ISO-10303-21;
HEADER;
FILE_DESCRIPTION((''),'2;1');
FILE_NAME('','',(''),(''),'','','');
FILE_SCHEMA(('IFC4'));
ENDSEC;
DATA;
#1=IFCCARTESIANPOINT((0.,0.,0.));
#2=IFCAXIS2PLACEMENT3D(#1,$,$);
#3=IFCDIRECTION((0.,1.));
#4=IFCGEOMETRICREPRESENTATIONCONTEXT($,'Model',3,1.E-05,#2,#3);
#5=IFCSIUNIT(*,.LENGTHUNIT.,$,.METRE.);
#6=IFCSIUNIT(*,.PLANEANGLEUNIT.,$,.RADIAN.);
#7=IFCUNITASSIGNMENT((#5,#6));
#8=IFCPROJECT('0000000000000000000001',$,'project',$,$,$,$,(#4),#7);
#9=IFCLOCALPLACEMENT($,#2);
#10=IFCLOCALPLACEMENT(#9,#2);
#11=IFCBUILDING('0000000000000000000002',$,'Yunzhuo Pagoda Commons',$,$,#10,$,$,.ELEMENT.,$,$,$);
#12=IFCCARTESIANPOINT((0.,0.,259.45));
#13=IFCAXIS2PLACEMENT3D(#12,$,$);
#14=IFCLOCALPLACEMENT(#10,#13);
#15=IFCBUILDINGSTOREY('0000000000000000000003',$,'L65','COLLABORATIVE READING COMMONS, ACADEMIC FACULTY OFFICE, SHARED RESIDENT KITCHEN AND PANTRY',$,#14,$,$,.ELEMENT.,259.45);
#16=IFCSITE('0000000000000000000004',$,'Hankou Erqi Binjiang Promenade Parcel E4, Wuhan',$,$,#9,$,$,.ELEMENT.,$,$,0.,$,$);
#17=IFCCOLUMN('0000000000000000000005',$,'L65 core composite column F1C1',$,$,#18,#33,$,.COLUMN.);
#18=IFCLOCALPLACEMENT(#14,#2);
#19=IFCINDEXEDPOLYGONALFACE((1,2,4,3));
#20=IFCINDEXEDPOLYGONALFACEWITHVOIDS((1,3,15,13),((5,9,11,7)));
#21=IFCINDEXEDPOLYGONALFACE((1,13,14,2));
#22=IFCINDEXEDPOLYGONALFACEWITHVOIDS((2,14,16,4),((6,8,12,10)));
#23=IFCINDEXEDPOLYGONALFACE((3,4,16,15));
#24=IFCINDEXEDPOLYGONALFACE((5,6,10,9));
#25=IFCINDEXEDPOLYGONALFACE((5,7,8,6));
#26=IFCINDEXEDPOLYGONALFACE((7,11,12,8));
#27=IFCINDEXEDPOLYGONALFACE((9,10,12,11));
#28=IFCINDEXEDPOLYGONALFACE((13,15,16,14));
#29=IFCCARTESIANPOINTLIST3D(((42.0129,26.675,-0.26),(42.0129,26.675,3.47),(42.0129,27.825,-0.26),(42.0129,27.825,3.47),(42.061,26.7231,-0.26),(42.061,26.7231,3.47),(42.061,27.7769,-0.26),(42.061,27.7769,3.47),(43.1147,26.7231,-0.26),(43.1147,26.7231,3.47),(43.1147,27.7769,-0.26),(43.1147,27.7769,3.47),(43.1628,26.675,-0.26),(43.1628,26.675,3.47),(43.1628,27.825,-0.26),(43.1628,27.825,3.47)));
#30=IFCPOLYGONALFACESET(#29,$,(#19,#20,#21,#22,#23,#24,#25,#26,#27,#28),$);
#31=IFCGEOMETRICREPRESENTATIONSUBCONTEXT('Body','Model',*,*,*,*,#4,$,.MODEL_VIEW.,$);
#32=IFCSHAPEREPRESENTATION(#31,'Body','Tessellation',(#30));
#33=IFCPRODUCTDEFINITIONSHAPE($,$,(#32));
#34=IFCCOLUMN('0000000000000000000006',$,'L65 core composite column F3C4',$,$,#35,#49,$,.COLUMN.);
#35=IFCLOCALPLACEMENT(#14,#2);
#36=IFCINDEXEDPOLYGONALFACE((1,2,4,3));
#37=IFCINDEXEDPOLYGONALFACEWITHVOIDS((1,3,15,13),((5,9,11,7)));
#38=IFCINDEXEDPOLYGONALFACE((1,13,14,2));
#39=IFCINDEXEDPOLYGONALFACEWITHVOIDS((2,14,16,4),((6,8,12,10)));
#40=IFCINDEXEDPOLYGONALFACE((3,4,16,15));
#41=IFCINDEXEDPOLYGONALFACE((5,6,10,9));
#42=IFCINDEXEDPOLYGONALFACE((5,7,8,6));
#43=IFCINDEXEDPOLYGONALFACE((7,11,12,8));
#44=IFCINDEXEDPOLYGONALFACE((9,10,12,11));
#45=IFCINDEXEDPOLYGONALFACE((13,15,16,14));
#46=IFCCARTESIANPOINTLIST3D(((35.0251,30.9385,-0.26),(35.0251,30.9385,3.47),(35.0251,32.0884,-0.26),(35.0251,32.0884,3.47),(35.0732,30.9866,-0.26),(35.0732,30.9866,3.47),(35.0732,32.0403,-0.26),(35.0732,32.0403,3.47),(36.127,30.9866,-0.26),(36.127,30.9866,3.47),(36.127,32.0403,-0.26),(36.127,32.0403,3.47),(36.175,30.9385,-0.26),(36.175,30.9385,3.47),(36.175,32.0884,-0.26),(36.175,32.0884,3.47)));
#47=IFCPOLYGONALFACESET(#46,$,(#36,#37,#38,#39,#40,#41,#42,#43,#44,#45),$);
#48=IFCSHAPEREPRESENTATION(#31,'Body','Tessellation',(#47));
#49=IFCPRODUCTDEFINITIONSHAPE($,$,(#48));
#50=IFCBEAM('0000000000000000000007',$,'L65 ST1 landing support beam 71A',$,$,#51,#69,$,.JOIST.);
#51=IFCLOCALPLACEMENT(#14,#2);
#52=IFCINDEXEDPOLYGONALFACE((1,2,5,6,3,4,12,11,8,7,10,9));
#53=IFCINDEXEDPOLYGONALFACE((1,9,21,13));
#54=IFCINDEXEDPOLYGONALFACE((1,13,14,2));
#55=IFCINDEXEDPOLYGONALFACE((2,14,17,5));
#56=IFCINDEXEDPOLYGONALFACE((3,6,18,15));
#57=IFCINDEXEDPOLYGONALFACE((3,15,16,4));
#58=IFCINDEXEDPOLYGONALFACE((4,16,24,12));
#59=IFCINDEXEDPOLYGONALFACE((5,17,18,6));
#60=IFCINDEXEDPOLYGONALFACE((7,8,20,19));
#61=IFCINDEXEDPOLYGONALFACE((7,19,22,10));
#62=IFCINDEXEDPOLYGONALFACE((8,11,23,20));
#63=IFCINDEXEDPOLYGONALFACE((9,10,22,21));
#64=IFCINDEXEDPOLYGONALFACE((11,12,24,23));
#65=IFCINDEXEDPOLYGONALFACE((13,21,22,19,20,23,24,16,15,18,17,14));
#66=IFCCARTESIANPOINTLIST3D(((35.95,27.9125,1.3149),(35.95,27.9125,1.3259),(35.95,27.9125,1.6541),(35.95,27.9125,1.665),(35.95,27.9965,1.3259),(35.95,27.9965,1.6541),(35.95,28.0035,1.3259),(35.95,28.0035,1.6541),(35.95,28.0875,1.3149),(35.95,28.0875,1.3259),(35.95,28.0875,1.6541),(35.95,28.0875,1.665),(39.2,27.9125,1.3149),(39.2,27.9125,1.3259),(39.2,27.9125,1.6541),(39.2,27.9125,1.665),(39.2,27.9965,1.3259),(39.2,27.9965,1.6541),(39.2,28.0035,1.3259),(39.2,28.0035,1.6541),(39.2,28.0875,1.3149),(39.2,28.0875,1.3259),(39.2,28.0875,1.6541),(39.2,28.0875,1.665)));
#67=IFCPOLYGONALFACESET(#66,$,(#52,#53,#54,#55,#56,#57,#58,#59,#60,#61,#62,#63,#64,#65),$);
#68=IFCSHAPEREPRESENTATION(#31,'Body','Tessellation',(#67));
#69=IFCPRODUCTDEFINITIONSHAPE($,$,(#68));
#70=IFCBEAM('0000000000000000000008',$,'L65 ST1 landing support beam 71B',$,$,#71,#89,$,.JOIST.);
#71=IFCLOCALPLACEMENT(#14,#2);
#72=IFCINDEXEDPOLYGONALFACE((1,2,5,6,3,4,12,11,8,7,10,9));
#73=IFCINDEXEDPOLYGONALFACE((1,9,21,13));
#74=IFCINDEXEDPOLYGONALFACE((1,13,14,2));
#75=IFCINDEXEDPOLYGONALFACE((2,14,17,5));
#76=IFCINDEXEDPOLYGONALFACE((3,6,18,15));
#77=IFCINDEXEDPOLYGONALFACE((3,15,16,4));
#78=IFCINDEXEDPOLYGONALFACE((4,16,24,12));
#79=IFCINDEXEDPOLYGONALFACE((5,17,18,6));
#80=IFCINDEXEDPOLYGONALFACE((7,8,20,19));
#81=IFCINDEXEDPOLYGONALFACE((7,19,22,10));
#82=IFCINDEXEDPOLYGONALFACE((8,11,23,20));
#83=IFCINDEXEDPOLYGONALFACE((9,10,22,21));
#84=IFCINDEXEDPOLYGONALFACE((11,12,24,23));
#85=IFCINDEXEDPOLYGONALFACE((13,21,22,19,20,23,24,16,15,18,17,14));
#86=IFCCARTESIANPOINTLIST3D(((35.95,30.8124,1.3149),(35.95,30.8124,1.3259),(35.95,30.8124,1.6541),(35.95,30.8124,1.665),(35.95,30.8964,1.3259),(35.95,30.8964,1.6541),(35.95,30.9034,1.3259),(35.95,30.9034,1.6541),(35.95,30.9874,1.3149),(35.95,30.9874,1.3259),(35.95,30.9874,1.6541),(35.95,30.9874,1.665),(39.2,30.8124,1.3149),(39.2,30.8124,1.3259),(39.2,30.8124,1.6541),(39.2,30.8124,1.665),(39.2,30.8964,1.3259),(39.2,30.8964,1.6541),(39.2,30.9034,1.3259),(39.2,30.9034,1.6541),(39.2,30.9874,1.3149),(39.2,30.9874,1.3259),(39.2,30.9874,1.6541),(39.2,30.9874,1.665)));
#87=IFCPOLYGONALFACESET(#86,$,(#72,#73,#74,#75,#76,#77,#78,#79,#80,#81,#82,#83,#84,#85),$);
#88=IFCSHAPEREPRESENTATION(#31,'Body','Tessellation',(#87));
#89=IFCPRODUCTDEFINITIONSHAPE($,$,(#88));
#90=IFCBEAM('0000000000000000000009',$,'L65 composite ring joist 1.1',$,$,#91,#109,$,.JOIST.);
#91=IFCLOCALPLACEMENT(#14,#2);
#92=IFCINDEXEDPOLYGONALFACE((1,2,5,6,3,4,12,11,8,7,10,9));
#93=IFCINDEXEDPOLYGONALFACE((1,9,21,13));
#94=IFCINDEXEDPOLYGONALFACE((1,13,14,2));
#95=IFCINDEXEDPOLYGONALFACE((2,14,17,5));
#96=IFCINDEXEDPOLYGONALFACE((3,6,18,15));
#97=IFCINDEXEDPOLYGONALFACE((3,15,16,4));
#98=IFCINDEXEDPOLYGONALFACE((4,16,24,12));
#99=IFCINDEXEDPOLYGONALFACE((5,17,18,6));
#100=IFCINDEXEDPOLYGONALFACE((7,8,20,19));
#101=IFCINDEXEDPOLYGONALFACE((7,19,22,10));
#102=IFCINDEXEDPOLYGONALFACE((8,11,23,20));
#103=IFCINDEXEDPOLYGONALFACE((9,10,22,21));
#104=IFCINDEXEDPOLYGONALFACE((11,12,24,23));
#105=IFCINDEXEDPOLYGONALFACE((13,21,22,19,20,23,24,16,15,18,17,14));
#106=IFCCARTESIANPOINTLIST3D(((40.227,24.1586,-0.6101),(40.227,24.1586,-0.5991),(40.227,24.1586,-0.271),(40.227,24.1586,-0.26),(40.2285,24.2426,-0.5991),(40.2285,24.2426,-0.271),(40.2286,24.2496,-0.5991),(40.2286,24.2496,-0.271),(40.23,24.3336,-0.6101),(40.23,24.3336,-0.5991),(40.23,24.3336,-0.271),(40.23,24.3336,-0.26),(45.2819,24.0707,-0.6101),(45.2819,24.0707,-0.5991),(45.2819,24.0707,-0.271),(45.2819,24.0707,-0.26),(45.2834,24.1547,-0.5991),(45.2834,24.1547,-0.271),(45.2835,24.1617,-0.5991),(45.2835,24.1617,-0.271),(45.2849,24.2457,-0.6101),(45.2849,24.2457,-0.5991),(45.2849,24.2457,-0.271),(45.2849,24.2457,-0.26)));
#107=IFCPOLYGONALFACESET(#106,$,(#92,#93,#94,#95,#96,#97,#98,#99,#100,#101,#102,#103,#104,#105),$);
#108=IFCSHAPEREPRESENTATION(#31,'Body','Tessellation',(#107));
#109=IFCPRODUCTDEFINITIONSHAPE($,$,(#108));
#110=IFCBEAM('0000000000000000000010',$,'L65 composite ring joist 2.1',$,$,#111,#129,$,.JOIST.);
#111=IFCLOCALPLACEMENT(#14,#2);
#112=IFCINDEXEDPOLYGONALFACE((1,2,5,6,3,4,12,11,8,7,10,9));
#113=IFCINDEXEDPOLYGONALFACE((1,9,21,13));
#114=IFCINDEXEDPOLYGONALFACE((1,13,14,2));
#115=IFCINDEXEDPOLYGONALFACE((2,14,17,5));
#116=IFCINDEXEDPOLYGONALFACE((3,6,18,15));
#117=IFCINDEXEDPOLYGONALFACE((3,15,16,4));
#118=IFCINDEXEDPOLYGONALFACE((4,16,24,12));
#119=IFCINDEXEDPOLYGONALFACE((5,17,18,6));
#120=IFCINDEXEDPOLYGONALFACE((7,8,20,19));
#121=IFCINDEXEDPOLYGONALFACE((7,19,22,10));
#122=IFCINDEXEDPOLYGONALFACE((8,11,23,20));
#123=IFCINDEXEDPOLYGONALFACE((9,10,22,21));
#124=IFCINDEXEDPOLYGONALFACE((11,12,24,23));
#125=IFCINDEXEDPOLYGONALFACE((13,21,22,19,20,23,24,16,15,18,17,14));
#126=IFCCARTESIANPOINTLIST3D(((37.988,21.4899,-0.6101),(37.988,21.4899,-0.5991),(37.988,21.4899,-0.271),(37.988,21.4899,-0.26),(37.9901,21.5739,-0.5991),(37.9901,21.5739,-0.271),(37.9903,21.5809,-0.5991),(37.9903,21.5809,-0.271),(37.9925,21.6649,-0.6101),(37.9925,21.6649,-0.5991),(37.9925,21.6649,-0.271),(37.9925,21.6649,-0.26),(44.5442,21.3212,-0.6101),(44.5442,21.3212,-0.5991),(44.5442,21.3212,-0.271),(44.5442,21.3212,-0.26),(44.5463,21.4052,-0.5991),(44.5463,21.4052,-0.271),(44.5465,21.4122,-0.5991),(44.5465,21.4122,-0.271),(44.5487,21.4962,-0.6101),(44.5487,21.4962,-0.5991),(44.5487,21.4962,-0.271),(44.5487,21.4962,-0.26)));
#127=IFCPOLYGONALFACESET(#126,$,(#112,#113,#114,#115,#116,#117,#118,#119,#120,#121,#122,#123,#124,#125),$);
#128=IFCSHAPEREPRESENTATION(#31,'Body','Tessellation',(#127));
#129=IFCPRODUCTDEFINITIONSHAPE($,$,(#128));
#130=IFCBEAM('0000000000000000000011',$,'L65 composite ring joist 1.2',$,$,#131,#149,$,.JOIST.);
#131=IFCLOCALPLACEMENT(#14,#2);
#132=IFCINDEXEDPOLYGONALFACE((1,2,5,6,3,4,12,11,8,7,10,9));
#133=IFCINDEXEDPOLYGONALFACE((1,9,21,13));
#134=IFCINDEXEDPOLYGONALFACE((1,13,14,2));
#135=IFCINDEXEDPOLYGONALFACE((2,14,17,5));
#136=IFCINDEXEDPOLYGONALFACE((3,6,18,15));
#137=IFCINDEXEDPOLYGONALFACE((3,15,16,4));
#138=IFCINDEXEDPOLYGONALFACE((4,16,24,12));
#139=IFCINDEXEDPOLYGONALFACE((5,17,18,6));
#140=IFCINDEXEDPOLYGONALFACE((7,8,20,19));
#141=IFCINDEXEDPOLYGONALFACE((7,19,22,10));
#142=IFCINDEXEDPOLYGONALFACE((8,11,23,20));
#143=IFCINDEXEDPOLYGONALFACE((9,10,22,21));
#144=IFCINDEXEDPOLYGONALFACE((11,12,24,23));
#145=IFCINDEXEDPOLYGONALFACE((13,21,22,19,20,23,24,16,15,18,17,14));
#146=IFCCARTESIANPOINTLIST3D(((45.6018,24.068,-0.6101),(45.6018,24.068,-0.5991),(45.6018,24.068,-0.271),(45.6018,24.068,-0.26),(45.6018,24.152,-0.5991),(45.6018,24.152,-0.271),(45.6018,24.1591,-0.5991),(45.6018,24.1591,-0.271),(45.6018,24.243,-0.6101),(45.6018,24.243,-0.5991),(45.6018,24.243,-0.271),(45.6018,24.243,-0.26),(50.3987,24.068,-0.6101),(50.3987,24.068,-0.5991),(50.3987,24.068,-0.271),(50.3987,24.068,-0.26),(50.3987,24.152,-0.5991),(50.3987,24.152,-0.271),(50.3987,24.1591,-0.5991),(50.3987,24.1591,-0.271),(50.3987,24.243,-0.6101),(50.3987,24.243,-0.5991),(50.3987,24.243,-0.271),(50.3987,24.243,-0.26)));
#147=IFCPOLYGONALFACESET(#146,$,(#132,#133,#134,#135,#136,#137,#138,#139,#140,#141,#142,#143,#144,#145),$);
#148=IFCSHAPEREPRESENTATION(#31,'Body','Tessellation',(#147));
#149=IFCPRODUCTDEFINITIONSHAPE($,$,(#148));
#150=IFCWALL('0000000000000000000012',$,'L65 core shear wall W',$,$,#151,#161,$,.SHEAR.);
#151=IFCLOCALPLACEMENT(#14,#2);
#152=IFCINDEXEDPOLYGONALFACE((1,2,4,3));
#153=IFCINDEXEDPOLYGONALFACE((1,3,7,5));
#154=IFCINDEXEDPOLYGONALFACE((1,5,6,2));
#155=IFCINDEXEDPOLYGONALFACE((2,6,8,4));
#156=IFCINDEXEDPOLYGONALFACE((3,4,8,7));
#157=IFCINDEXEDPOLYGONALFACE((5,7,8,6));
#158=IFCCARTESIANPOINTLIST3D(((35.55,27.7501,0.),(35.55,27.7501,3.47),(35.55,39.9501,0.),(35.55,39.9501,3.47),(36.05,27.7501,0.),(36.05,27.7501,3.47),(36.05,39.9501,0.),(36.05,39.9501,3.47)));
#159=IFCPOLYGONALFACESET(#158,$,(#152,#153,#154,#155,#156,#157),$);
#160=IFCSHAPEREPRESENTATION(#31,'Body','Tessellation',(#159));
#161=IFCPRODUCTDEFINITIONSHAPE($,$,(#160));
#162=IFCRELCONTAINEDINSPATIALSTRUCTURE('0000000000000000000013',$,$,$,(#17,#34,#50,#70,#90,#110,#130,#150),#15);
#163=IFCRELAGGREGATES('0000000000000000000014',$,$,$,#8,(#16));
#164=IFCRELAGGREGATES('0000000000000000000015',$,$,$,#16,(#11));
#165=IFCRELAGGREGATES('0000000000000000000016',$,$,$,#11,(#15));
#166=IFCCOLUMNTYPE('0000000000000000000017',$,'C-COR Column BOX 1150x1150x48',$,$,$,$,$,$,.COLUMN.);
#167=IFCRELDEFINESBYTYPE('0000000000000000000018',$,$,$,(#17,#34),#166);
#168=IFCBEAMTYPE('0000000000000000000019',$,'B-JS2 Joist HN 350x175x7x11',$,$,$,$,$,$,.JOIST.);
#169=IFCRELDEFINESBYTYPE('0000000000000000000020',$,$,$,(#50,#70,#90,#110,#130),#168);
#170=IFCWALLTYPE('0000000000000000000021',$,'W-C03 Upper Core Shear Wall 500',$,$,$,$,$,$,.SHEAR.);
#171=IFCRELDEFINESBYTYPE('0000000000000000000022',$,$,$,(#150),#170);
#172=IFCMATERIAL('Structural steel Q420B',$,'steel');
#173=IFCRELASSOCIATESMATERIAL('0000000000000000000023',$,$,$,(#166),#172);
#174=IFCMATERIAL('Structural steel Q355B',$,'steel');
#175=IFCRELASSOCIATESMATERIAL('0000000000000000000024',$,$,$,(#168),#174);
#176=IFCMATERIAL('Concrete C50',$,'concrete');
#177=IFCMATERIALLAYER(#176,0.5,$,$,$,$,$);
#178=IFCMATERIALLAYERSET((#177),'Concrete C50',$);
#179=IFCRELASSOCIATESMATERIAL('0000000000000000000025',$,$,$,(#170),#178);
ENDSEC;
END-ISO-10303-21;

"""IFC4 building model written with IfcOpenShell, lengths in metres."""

from ifc_helpers import new_model, si_unit, direction, frame, frame_2d, origin, origin_2d, place, context, subcontext, project, spatial, rectangle, hollow_rectangle, i_section, extrude, source, transform, mapped, material, layer, layer_set, material_profile, profile_set, type_object, element, save


model = new_model("IFC4")

# Units and contexts
model_context = context("Model", 3, precision=1e-05, world=origin(), true_north=direction((0.0, 1.0)))
body_context = subcontext(model_context, "Body", "Model", "MODEL_VIEW")
ifc_project = project(units=[si_unit("LENGTHUNIT", "METRE"), si_unit("PLANEANGLEUNIT", "RADIAN")], contexts=[model_context])

# Site, building, storey
site_placement = place(None, origin())
site = spatial("IfcSite", under=ifc_project, at=site_placement, Name="Hankou Erqi Binjiang Promenade Parcel E4, Wuhan", CompositionType="ELEMENT", RefElevation=0.0)
building_placement = place(site_placement, origin())
building = spatial("IfcBuilding", under=site, at=building_placement, Name="Yunzhuo Pagoda Commons", CompositionType="ELEMENT")
storey_placement = place(building_placement, frame((0.0, 0.0, 259.45)))
storey = spatial("IfcBuildingStorey", under=building, at=storey_placement, Name="L65", Description="COLLABORATIVE READING COMMONS, ACADEMIC FACULTY OFFICE, SHARED RESIDENT KITCHEN AND PANTRY", CompositionType="ELEMENT", Elevation=259.45)

# Columns
ifc_material_1 = material(Name="Structural steel Q420B", Category="steel")
ifc_material_profile_1 = material_profile(ifc_material_1, hollow_rectangle(XDim=1.1499, YDim=1.1499, WallThickness=0.0481, at=origin_2d()), Name="Structural steel Q420B")
ifc_profile_set_1 = profile_set([ifc_material_profile_1], Name="Structural steel Q420B")
column_type = type_object("IfcColumnType", Name="C-COR Column BOX 1150x1150x48", PredefinedType="COLUMN", material=ifc_profile_set_1)
shared_shape_1 = source(origin(), body_context, "Body", "SweptSolid", [
    extrude(hollow_rectangle(XDim=1.1499, YDim=1.1499, WallThickness=0.0481, at=origin_2d()), origin(), (0.0, 0.0, 1.0), 3.73),
])
for number, where, z_axis, x_axis, name in (
    (1, (42.5879, 27.25, -0.26), (0.0, 0.0, 1.0), (1.0, 0.0, 0.0), "L65 core composite column F1C1"),
    (2, (35.6001, 31.5134, -0.26), (0.0, 0.0, 1.0), (1.0, 0.0, 0.0), "L65 core composite column F3C4"),
):
    element("IfcColumn", number, at=place(storey_placement, frame(where, z_axis=z_axis, x_axis=x_axis)), inside=storey, type_object=column_type, Name=name, PredefinedType="COLUMN", context=body_context, shape_type="MappedRepresentation", body=[
        mapped(shared_shape_1, transform((0.0, 0.0, 0.0), scale=1.0)),
    ])

# Beams
ifc_material_2 = material(Name="Structural steel Q355B", Category="steel")
ifc_material_profile_2 = material_profile(ifc_material_2, i_section(OverallWidth=0.175, OverallDepth=0.3501, WebThickness=0.0071, FlangeThickness=0.011, at=origin_2d()), Name="Structural steel Q355B")
ifc_profile_set_2 = profile_set([ifc_material_profile_2], Name="Structural steel Q355B")
beam_type = type_object("IfcBeamType", Name="B-JS2 Joist HN 350x175x7x11", PredefinedType="JOIST", material=ifc_profile_set_2)
shared_shape_2 = source(origin(), body_context, "Body", "SweptSolid", [
    extrude(i_section(OverallWidth=0.175, OverallDepth=0.3501, WebThickness=0.0071, FlangeThickness=0.011, at=origin_2d()), origin(), (0.0, 0.0, 1.0), 3.25),
])
for number, where, z_axis, x_axis, name in (
    (3, (35.95, 28.0, 1.49), (1.0, 0.0, 0.0), (0.0, 1.0, 0.0), "L65 ST1 landing support beam 71A"),
    (4, (35.95, 30.8999, 1.49), (1.0, 0.0, 0.0), (0.0, 1.0, 0.0), "L65 ST1 landing support beam 71B"),
):
    element("IfcBeam", number, at=place(storey_placement, frame(where, z_axis=z_axis, x_axis=x_axis)), inside=storey, type_object=beam_type, Name=name, PredefinedType="JOIST", context=body_context, shape_type="MappedRepresentation", body=[
        mapped(shared_shape_2, transform((0.0, 0.0, 0.0), scale=1.0)),
    ])
shared_shape_3 = source(origin(), body_context, "Body", "SweptSolid", [
    extrude(i_section(OverallWidth=0.175, OverallDepth=0.3501, WebThickness=0.0071, FlangeThickness=0.011, at=origin_2d()), origin(), (0.0, 0.0, 1.0), 5.0557),
])
beam_1_placement = place(storey_placement, frame((40.2285, 24.2461, -0.4351), z_axis=(0.999849, -0.017384, 0.0), x_axis=(0.017384, 0.999849, 0.0)))
element("IfcBeam", 5, at=beam_1_placement, inside=storey, type_object=beam_type, Name="L65 composite ring joist 1.1", PredefinedType="JOIST", context=body_context, shape_type="MappedRepresentation", body=[
    mapped(shared_shape_3, transform((0.0, 0.0, 0.0), scale=1.0)),
])
shared_shape_4 = source(origin(), body_context, "Body", "SweptSolid", [
    extrude(i_section(OverallWidth=0.175, OverallDepth=0.3501, WebThickness=0.0071, FlangeThickness=0.011, at=origin_2d()), origin(), (0.0, 0.0, 1.0), 6.5583),
])
beam_2_placement = place(storey_placement, frame((37.9902, 21.5774, -0.4351), z_axis=(0.999669, -0.025723, 0.0), x_axis=(0.025723, 0.999669, 0.0)))
element("IfcBeam", 6, at=beam_2_placement, inside=storey, type_object=beam_type, Name="L65 composite ring joist 2.1", PredefinedType="JOIST", context=body_context, shape_type="MappedRepresentation", body=[
    mapped(shared_shape_4, transform((0.0, 0.0, 0.0), scale=1.0)),
])
shared_shape_5 = source(origin(), body_context, "Body", "SweptSolid", [
    extrude(i_section(OverallWidth=0.175, OverallDepth=0.3501, WebThickness=0.0071, FlangeThickness=0.011, at=origin_2d()), origin(), (0.0, 0.0, 1.0), 4.7969),
])
beam_3_placement = place(storey_placement, frame((45.6018, 24.1555, -0.4351), z_axis=(1.0, 0.0, 0.0), x_axis=(0.0, 1.0, 0.0)))
element("IfcBeam", 7, at=beam_3_placement, inside=storey, type_object=beam_type, Name="L65 composite ring joist 1.2", PredefinedType="JOIST", context=body_context, shape_type="MappedRepresentation", body=[
    mapped(shared_shape_5, transform((0.0, 0.0, 0.0), scale=1.0)),
])

# Wall
ifc_material_3 = material(Name="Concrete C50", Category="concrete")
ifc_layer_1 = layer(ifc_material_3, 0.5)
ifc_layer_set_1 = layer_set([ifc_layer_1], Name="Concrete C50")
wall_type_1 = type_object("IfcWallType", Name="W-C03 Upper Core Shear Wall 500", PredefinedType="SHEAR", material=ifc_layer_set_1)
wall_1_placement = place(storey_placement, frame((35.8, 27.75, 0.0), z_axis=(0.0, 0.0, 1.0), x_axis=(0.0, 1.0, 0.0)))
element("IfcWall", 8, at=wall_1_placement, inside=storey, type_object=wall_type_1, Name="L65 core shear wall W", PredefinedType="SHEAR", context=body_context, shape_type="SweptSolid", body=[
    extrude(rectangle(XDim=12.2, YDim=0.5, at=frame_2d((6.1001, 0.0))), origin(), (0.0, 0.0, 1.0), 3.47),
])

save(model, "model.ifc")
